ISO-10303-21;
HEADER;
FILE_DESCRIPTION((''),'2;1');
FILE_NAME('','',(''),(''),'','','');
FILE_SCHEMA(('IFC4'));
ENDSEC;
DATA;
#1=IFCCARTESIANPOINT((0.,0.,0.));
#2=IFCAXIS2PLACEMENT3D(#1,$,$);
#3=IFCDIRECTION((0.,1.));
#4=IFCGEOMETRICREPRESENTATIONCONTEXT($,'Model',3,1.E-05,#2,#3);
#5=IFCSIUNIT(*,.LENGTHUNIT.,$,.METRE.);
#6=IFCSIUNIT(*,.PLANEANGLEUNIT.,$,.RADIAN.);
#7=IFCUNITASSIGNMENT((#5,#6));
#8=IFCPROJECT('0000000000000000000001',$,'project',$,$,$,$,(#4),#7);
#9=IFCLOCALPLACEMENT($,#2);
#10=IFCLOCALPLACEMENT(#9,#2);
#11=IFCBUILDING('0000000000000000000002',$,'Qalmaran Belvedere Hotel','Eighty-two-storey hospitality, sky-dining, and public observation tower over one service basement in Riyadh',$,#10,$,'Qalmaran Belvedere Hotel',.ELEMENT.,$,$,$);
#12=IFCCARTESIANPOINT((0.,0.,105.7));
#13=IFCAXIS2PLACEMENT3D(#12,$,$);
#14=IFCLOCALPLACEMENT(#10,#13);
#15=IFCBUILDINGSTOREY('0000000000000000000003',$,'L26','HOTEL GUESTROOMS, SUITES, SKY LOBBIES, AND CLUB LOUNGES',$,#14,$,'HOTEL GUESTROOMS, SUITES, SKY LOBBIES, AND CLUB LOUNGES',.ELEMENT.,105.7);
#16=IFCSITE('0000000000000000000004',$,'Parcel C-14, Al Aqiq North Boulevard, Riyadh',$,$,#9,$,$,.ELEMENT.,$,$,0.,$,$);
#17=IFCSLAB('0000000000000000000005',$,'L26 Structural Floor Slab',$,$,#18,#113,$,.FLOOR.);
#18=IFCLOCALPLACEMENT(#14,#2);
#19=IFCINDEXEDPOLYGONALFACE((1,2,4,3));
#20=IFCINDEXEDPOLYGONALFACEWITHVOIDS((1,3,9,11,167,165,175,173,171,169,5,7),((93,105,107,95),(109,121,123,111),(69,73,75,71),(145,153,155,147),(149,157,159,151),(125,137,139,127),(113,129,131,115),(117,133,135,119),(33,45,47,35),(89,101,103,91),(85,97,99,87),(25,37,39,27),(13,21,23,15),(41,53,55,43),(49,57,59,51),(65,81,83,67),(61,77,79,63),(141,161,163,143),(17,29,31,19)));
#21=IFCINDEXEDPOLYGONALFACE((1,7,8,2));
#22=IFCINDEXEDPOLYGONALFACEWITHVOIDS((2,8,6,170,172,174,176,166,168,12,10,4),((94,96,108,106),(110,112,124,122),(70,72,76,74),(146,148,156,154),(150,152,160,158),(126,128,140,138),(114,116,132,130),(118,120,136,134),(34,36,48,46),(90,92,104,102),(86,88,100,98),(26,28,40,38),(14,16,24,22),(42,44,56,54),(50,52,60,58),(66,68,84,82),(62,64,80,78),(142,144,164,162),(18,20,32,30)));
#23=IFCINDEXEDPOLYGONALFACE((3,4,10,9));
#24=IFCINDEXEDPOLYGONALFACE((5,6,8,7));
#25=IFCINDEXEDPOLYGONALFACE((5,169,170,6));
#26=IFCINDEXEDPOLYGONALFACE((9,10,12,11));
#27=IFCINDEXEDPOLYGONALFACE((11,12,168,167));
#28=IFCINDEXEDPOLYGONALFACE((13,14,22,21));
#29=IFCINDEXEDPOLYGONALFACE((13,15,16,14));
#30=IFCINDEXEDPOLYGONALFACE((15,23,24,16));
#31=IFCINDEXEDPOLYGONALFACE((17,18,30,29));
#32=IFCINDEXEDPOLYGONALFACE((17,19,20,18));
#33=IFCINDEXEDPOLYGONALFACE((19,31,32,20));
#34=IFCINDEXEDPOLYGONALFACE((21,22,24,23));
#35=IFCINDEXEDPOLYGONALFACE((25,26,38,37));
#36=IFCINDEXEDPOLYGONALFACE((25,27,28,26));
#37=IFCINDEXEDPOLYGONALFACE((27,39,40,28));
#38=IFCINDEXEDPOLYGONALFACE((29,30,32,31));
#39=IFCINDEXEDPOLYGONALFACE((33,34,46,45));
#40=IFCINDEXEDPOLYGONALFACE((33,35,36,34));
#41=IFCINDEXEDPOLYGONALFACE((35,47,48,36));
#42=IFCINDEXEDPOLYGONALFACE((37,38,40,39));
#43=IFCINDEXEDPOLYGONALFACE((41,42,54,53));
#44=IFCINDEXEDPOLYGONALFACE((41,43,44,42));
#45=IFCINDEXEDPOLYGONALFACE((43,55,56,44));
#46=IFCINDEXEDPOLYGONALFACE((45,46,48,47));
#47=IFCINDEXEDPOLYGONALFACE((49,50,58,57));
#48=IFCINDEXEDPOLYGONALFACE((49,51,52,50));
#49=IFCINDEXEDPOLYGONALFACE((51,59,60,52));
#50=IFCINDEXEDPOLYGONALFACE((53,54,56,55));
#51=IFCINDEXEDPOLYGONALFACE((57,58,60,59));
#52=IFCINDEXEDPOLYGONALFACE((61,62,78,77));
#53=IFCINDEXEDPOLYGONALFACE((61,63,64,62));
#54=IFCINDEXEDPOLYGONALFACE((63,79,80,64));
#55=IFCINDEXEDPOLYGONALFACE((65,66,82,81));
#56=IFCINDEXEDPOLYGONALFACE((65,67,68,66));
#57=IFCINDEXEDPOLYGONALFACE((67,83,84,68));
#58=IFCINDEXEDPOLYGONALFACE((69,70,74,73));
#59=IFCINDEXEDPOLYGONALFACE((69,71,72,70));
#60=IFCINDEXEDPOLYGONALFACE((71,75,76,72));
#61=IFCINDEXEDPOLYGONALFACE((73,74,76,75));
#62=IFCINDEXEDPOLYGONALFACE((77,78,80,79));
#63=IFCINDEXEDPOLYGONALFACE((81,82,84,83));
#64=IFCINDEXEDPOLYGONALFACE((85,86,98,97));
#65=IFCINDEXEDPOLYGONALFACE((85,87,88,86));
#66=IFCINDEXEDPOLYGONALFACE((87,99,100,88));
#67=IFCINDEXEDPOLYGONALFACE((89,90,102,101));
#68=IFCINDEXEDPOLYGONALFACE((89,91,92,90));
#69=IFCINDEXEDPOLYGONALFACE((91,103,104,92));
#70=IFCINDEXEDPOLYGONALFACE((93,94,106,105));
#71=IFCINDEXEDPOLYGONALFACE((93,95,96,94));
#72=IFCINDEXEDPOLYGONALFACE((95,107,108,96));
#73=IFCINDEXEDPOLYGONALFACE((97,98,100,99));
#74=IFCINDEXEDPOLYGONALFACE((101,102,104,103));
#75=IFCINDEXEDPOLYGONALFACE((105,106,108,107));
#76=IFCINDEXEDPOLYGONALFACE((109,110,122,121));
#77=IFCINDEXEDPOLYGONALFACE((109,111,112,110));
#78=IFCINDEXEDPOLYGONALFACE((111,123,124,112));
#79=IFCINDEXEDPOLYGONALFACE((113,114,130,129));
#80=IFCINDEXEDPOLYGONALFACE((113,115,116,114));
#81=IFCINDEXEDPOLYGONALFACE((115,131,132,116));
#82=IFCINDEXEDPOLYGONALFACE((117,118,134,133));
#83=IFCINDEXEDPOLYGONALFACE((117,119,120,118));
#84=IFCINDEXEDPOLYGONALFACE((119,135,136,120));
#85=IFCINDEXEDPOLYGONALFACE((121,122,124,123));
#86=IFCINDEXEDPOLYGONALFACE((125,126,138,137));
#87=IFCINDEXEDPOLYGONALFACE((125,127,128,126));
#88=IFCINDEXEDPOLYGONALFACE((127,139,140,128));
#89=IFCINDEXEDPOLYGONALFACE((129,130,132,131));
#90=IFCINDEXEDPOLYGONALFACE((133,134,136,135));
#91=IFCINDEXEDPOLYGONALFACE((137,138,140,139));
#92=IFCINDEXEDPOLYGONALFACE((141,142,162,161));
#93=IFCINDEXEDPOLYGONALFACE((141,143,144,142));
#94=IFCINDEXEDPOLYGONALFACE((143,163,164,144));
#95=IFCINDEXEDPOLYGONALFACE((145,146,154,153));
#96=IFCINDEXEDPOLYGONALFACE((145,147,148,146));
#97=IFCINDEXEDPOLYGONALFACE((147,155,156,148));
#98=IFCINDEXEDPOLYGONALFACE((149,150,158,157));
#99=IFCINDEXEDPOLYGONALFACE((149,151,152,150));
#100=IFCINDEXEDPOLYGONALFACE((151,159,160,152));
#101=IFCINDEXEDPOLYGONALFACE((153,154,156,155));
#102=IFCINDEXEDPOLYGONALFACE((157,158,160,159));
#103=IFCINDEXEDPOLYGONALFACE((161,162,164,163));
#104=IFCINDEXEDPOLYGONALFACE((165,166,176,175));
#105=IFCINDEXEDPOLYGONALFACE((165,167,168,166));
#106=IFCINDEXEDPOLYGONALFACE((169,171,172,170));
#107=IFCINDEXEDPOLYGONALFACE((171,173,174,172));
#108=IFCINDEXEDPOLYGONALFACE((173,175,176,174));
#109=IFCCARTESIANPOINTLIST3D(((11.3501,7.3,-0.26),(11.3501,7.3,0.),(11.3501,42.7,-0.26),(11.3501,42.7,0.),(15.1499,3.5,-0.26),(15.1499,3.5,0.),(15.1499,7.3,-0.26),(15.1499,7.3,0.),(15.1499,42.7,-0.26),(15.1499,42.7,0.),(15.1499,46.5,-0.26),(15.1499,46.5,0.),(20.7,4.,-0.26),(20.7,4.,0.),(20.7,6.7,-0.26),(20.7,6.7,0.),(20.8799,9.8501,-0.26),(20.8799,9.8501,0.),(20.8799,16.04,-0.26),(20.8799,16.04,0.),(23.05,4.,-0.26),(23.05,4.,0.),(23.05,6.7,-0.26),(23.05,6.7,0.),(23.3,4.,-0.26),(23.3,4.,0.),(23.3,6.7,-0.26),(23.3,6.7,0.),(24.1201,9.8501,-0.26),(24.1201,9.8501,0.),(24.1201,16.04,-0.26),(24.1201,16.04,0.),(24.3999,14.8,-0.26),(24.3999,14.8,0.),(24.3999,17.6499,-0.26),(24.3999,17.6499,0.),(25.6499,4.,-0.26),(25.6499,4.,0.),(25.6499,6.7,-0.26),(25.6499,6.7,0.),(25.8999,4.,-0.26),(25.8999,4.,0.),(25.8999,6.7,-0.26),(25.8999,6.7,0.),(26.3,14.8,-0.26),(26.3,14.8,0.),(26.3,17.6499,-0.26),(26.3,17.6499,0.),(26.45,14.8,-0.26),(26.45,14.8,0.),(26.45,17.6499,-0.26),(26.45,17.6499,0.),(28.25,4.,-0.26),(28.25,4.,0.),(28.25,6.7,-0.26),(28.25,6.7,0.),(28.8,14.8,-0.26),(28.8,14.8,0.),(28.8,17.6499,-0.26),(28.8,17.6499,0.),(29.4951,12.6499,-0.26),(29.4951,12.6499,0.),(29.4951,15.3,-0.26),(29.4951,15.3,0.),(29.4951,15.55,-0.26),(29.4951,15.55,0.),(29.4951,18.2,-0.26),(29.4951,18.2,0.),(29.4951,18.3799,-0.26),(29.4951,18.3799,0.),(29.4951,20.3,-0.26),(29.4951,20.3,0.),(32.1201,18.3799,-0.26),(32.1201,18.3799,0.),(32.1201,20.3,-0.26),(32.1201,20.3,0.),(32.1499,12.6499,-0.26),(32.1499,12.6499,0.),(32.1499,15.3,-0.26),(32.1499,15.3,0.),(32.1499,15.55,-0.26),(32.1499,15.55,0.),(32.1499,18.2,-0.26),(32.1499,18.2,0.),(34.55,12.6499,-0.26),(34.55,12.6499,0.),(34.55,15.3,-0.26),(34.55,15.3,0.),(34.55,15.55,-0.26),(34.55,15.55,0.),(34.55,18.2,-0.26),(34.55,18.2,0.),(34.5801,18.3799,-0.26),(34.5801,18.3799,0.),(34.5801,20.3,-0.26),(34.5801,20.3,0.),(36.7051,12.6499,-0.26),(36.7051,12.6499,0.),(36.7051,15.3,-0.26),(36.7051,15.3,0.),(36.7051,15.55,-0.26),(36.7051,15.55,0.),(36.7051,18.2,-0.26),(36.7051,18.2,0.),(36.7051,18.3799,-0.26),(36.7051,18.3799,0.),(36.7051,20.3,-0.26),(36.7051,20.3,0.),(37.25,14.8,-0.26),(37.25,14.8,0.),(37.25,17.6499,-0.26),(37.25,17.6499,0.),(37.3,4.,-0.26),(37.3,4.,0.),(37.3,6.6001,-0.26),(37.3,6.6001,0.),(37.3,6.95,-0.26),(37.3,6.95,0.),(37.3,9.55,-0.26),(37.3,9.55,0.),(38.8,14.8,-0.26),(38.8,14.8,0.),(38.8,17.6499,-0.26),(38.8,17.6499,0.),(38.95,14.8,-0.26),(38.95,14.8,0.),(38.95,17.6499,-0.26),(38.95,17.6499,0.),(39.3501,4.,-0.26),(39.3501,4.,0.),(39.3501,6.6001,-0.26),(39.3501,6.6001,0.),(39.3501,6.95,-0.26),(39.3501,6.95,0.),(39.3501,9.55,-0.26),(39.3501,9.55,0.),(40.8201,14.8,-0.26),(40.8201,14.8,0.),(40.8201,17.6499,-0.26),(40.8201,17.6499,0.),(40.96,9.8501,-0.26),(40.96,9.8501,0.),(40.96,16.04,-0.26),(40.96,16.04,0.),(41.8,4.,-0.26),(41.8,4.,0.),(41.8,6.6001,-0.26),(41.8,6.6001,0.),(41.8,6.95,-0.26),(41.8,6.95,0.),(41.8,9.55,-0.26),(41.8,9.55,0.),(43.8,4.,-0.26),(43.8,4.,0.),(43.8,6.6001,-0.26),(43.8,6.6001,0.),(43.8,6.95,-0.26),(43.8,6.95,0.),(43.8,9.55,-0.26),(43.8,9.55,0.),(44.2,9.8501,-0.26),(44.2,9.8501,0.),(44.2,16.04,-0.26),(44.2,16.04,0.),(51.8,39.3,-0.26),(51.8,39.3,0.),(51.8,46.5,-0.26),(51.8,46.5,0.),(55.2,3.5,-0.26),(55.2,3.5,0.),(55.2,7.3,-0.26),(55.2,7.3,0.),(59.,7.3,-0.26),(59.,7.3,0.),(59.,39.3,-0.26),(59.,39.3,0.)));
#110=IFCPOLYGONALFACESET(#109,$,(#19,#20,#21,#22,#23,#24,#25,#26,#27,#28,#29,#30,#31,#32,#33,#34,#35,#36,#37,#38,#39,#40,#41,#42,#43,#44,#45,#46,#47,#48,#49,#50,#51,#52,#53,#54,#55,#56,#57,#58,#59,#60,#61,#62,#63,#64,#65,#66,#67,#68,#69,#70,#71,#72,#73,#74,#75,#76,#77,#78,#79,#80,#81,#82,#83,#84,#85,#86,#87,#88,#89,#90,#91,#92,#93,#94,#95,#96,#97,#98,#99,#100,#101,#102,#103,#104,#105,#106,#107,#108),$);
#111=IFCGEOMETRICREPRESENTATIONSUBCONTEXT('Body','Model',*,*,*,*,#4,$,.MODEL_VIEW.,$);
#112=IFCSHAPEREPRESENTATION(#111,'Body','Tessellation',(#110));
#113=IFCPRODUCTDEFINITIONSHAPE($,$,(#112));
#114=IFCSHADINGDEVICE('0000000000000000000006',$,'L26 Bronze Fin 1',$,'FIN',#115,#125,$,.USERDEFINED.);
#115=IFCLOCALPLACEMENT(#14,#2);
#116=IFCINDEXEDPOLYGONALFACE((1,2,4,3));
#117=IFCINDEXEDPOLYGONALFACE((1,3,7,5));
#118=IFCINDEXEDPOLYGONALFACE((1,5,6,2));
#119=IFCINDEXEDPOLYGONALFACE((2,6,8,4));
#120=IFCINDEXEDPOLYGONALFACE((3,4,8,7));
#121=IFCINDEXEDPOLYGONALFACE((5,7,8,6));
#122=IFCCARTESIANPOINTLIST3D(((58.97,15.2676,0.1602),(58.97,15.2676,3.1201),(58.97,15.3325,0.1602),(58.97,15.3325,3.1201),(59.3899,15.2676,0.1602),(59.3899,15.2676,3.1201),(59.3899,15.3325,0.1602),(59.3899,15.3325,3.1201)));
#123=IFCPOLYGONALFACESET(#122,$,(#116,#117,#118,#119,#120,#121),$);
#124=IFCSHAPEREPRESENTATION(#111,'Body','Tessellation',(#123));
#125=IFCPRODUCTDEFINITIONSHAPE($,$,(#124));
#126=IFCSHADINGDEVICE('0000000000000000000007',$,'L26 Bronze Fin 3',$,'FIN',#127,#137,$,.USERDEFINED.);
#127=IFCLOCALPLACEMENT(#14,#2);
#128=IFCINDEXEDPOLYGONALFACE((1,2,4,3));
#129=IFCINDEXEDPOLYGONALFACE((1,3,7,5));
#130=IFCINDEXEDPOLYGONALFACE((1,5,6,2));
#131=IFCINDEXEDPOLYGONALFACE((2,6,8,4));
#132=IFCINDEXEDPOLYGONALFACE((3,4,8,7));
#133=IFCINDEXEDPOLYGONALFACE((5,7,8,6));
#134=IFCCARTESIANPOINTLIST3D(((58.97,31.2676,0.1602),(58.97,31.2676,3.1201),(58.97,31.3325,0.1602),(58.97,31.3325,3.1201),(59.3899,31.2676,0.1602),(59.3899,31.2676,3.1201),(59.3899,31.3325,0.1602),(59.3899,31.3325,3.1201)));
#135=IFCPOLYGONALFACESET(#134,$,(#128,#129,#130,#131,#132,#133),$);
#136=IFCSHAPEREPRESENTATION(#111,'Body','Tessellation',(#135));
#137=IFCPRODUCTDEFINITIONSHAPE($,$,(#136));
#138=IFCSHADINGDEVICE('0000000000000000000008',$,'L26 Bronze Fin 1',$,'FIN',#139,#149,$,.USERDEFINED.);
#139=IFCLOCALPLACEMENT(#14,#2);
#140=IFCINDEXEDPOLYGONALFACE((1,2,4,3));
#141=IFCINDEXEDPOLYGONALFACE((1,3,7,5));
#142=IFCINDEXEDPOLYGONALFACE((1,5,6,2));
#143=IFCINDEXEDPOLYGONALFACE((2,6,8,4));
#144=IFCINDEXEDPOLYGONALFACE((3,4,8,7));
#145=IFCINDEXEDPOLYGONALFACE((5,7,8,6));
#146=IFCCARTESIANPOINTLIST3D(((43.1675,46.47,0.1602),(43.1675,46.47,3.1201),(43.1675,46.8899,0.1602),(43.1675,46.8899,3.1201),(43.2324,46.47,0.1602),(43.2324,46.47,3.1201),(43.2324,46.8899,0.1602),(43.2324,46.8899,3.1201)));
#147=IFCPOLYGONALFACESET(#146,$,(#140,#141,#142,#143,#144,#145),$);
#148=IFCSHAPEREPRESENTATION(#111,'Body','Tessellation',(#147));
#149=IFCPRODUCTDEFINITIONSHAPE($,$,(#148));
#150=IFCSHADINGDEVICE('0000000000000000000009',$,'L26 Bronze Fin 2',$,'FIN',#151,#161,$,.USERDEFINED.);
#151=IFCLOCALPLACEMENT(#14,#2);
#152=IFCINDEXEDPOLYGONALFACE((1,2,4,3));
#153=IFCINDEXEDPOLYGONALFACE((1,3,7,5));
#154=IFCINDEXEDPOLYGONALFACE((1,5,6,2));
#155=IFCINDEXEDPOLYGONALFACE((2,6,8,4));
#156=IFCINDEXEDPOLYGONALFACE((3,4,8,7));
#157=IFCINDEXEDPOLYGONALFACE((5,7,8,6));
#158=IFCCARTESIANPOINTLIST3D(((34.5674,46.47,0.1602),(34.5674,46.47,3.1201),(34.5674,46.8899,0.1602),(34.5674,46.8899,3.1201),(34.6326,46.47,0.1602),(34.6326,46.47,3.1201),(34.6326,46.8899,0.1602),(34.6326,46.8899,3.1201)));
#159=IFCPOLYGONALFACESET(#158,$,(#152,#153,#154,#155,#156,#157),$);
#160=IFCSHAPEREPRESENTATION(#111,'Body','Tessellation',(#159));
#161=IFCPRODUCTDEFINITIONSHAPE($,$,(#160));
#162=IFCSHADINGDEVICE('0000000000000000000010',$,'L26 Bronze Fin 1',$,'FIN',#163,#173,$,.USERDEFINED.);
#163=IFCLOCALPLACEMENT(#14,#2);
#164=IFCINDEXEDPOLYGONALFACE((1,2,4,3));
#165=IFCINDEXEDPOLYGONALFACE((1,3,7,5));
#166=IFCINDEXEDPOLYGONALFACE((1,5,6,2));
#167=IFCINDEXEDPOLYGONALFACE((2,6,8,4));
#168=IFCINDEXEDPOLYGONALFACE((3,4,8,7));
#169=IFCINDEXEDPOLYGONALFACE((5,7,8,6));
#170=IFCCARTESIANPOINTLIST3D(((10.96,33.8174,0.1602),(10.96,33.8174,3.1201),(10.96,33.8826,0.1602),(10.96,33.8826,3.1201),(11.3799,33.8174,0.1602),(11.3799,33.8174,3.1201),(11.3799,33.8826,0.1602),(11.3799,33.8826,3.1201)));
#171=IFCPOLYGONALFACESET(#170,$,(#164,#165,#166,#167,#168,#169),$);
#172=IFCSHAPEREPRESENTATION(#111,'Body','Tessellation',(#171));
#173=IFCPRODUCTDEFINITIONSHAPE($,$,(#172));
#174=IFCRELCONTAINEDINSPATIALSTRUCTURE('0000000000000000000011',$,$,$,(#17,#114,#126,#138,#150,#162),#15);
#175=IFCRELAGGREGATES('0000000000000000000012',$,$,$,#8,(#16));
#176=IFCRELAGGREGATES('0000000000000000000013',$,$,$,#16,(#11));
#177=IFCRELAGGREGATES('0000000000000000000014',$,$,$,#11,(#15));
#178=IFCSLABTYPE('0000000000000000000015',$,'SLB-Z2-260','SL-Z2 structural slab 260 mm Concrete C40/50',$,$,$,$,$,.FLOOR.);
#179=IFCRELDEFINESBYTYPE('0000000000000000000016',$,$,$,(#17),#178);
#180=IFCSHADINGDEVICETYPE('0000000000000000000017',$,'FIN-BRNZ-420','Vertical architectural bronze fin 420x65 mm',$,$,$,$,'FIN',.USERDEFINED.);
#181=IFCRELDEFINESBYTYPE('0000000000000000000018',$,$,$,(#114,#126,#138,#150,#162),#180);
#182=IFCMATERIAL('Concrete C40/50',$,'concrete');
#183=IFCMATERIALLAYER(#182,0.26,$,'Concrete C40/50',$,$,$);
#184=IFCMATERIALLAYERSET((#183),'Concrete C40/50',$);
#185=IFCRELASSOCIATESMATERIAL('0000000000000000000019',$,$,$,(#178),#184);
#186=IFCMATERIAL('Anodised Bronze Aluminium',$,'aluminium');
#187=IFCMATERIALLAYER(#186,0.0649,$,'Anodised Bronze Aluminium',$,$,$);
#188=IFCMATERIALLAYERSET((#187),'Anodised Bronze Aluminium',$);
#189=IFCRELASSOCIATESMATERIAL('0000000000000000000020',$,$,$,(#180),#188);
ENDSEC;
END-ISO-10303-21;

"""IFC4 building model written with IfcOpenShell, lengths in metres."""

from ifc_helpers import new_model, si_unit, direction, frame, origin, place, context, subcontext, project, spatial, polyline, outline, extrude, material, layer, layer_set, type_object, element, save


model = new_model("IFC4")

# Units and contexts
model_context = context("Model", 3, precision=1e-05, world=origin(), true_north=direction((0.0, 1.0)))
body_context = subcontext(model_context, "Body", "Model", "MODEL_VIEW")
ifc_project = project(units=[si_unit("LENGTHUNIT", "METRE"), si_unit("PLANEANGLEUNIT", "RADIAN")], contexts=[model_context])

# Site, building, storey
site_placement = place(None, origin())
site = spatial("IfcSite", under=ifc_project, at=site_placement, Name="Parcel C-14, Al Aqiq North Boulevard, Riyadh", CompositionType="ELEMENT", RefElevation=0.0)
building_placement = place(site_placement, origin())
building = spatial("IfcBuilding", under=site, at=building_placement, Name="Qalmaran Belvedere Hotel", Description="Eighty-two-storey hospitality, sky-dining, and public observation tower over one service basement in Riyadh", LongName="Qalmaran Belvedere Hotel", CompositionType="ELEMENT")
storey_placement = place(building_placement, frame((0.0, 0.0, 105.7)))
storey = spatial("IfcBuildingStorey", under=building, at=storey_placement, Name="L26", Description="HOTEL GUESTROOMS, SUITES, SKY LOBBIES, AND CLUB LOUNGES", LongName="HOTEL GUESTROOMS, SUITES, SKY LOBBIES, AND CLUB LOUNGES", CompositionType="ELEMENT", Elevation=105.7)

# Shared definitions
ifc_material_1 = material(Name="Anodised Bronze Aluminium", Category="aluminium")

# Shared definitions
ifc_material_2 = material(Name="Concrete C40/50", Category="concrete")

# Slab
ifc_layer_1 = layer(ifc_material_2, 0.26, Name="Concrete C40/50")
ifc_layer_set_1 = layer_set([ifc_layer_1], Name="Concrete C40/50")
slab_type_1 = type_object("IfcSlabType", Name="SLB-Z2-260", Description="SL-Z2 structural slab 260 mm Concrete C40/50", PredefinedType="FLOOR", material=ifc_layer_set_1)
slab_1_placement = place(storey_placement, frame((0.0, 0.0, -0.26)))
element("IfcSlab", 1, at=slab_1_placement, inside=storey, type_object=slab_type_1, Name="L26 Structural Floor Slab", PredefinedType="FLOOR", context=body_context, shape_type="SweptSolid", body=[
    extrude(outline(polyline([(15.1499, 3.5), (55.2, 3.5), (55.2, 7.3), (59.0, 7.3), (59.0, 39.3), (51.8, 39.3), (51.8, 46.5), (15.1499, 46.5), (15.1499, 42.7), (11.3501, 42.7), (11.3501, 7.3), (15.1499, 7.3), (15.1499, 3.5)]), holes=[polyline([(20.8799, 9.8501), (24.1201, 9.8501), (24.1201, 16.04), (20.8799, 16.04), (20.8799, 9.8501)]), polyline([(40.96, 9.8501), (44.2, 9.8501), (44.2, 16.04), (40.96, 16.04), (40.96, 9.8501)]), polyline([(29.4951, 12.6499), (32.1499, 12.6499), (32.1499, 15.3), (29.4951, 15.3), (29.4951, 12.6499)]), polyline([(29.4951, 15.55), (32.1499, 15.55), (32.1499, 18.2), (29.4951, 18.2), (29.4951, 15.55)]), polyline([(34.55, 12.6499), (36.7051, 12.6499), (36.7051, 15.3), (34.55, 15.3), (34.55, 12.6499)]), polyline([(34.55, 15.55), (36.7051, 15.55), (36.7051, 18.2), (34.55, 18.2), (34.55, 15.55)]), polyline([(37.3, 4.0), (39.3501, 4.0), (39.3501, 6.6001), (37.3, 6.6001), (37.3, 4.0)]), polyline([(37.3, 6.95), (39.3501, 6.95), (39.3501, 9.55), (37.3, 9.55), (37.3, 6.95)]), polyline([(41.8, 4.0), (43.8, 4.0), (43.8, 6.6001), (41.8, 6.6001), (41.8, 4.0)]), polyline([(41.8, 6.95), (43.8, 6.95), (43.8, 9.55), (41.8, 9.55), (41.8, 6.95)]), polyline([(20.7, 4.0), (23.05, 4.0), (23.05, 6.7), (20.7, 6.7), (20.7, 4.0)]), polyline([(23.3, 4.0), (25.6499, 4.0), (25.6499, 6.7), (23.3, 6.7), (23.3, 4.0)]), polyline([(25.8999, 4.0), (28.25, 4.0), (28.25, 6.7), (25.8999, 6.7), (25.8999, 4.0)]), polyline([(24.3999, 14.8), (26.3, 14.8), (26.3, 17.6499), (24.3999, 17.6499), (24.3999, 14.8)]), polyline([(38.95, 14.8), (40.8201, 14.8), (40.8201, 17.6499), (38.95, 17.6499), (38.95, 14.8)]), polyline([(26.45, 14.8), (28.8, 14.8), (28.8, 17.6499), (26.45, 17.6499), (26.45, 14.8)]), polyline([(37.25, 14.8), (38.8, 14.8), (38.8, 17.6499), (37.25, 17.6499), (37.25, 14.8)]), polyline([(29.4951, 18.3799), (32.1201, 18.3799), (32.1201, 20.3), (29.4951, 20.3), (29.4951, 18.3799)]), polyline([(34.5801, 18.3799), (36.7051, 18.3799), (36.7051, 20.3), (34.5801, 20.3), (34.5801, 18.3799)])]), origin(), (0.0, 0.0, 1.0), 0.26),
])

# Shading devices
ifc_layer_2 = layer(ifc_material_1, 0.0649, Name="Anodised Bronze Aluminium")
ifc_layer_set_2 = layer_set([ifc_layer_2], Name="Anodised Bronze Aluminium")
shading_device_type = type_object("IfcShadingDeviceType", Name="FIN-BRNZ-420", Description="Vertical architectural bronze fin 420x65 mm", ElementType="FIN", PredefinedType="USERDEFINED", material=ifc_layer_set_2)
shading_device_1_placement = place(storey_placement, frame((0.0, 0.0, 0.1602)))
element("IfcShadingDevice", 2, at=shading_device_1_placement, inside=storey, type_object=shading_device_type, Name="L26 Bronze Fin 1", ObjectType="FIN", PredefinedType="USERDEFINED", context=body_context, shape_type="SweptSolid", body=[
    extrude(outline(polyline([(58.97, 15.2676), (59.3899, 15.2676), (59.3899, 15.3325), (58.97, 15.3325), (58.97, 15.2676)])), origin(), (0.0, 0.0, 1.0), 2.96),
])
shading_device_2_placement = place(storey_placement, frame((0.0, 0.0, 0.1602)))
element("IfcShadingDevice", 3, at=shading_device_2_placement, inside=storey, type_object=shading_device_type, Name="L26 Bronze Fin 3", ObjectType="FIN", PredefinedType="USERDEFINED", context=body_context, shape_type="SweptSolid", body=[
    extrude(outline(polyline([(58.97, 31.2676), (59.3899, 31.2676), (59.3899, 31.3325), (58.97, 31.3325), (58.97, 31.2676)])), origin(), (0.0, 0.0, 1.0), 2.96),
])
shading_device_3_placement = place(storey_placement, frame((0.0, 0.0, 0.1602)))
element("IfcShadingDevice", 4, at=shading_device_3_placement, inside=storey, type_object=shading_device_type, Name="L26 Bronze Fin 1", ObjectType="FIN", PredefinedType="USERDEFINED", context=body_context, shape_type="SweptSolid", body=[
    extrude(outline(polyline([(43.2324, 46.47), (43.2324, 46.8899), (43.1675, 46.8899), (43.1675, 46.47), (43.2324, 46.47)])), origin(), (0.0, 0.0, 1.0), 2.96),
])
shading_device_4_placement = place(storey_placement, frame((0.0, 0.0, 0.1602)))
element("IfcShadingDevice", 5, at=shading_device_4_placement, inside=storey, type_object=shading_device_type, Name="L26 Bronze Fin 2", ObjectType="FIN", PredefinedType="USERDEFINED", context=body_context, shape_type="SweptSolid", body=[
    extrude(outline(polyline([(34.6326, 46.47), (34.6326, 46.8899), (34.5674, 46.8899), (34.5674, 46.47), (34.6326, 46.47)])), origin(), (0.0, 0.0, 1.0), 2.96),
])
shading_device_5_placement = place(storey_placement, frame((0.0, 0.0, 0.1602)))
element("IfcShadingDevice", 6, at=shading_device_5_placement, inside=storey, type_object=shading_device_type, Name="L26 Bronze Fin 1", ObjectType="FIN", PredefinedType="USERDEFINED", context=body_context, shape_type="SweptSolid", body=[
    extrude(outline(polyline([(11.3799, 33.8826), (10.96, 33.8826), (10.96, 33.8174), (11.3799, 33.8174), (11.3799, 33.8826)])), origin(), (0.0, 0.0, 1.0), 2.96),
])

save(model, "model.ifc")
